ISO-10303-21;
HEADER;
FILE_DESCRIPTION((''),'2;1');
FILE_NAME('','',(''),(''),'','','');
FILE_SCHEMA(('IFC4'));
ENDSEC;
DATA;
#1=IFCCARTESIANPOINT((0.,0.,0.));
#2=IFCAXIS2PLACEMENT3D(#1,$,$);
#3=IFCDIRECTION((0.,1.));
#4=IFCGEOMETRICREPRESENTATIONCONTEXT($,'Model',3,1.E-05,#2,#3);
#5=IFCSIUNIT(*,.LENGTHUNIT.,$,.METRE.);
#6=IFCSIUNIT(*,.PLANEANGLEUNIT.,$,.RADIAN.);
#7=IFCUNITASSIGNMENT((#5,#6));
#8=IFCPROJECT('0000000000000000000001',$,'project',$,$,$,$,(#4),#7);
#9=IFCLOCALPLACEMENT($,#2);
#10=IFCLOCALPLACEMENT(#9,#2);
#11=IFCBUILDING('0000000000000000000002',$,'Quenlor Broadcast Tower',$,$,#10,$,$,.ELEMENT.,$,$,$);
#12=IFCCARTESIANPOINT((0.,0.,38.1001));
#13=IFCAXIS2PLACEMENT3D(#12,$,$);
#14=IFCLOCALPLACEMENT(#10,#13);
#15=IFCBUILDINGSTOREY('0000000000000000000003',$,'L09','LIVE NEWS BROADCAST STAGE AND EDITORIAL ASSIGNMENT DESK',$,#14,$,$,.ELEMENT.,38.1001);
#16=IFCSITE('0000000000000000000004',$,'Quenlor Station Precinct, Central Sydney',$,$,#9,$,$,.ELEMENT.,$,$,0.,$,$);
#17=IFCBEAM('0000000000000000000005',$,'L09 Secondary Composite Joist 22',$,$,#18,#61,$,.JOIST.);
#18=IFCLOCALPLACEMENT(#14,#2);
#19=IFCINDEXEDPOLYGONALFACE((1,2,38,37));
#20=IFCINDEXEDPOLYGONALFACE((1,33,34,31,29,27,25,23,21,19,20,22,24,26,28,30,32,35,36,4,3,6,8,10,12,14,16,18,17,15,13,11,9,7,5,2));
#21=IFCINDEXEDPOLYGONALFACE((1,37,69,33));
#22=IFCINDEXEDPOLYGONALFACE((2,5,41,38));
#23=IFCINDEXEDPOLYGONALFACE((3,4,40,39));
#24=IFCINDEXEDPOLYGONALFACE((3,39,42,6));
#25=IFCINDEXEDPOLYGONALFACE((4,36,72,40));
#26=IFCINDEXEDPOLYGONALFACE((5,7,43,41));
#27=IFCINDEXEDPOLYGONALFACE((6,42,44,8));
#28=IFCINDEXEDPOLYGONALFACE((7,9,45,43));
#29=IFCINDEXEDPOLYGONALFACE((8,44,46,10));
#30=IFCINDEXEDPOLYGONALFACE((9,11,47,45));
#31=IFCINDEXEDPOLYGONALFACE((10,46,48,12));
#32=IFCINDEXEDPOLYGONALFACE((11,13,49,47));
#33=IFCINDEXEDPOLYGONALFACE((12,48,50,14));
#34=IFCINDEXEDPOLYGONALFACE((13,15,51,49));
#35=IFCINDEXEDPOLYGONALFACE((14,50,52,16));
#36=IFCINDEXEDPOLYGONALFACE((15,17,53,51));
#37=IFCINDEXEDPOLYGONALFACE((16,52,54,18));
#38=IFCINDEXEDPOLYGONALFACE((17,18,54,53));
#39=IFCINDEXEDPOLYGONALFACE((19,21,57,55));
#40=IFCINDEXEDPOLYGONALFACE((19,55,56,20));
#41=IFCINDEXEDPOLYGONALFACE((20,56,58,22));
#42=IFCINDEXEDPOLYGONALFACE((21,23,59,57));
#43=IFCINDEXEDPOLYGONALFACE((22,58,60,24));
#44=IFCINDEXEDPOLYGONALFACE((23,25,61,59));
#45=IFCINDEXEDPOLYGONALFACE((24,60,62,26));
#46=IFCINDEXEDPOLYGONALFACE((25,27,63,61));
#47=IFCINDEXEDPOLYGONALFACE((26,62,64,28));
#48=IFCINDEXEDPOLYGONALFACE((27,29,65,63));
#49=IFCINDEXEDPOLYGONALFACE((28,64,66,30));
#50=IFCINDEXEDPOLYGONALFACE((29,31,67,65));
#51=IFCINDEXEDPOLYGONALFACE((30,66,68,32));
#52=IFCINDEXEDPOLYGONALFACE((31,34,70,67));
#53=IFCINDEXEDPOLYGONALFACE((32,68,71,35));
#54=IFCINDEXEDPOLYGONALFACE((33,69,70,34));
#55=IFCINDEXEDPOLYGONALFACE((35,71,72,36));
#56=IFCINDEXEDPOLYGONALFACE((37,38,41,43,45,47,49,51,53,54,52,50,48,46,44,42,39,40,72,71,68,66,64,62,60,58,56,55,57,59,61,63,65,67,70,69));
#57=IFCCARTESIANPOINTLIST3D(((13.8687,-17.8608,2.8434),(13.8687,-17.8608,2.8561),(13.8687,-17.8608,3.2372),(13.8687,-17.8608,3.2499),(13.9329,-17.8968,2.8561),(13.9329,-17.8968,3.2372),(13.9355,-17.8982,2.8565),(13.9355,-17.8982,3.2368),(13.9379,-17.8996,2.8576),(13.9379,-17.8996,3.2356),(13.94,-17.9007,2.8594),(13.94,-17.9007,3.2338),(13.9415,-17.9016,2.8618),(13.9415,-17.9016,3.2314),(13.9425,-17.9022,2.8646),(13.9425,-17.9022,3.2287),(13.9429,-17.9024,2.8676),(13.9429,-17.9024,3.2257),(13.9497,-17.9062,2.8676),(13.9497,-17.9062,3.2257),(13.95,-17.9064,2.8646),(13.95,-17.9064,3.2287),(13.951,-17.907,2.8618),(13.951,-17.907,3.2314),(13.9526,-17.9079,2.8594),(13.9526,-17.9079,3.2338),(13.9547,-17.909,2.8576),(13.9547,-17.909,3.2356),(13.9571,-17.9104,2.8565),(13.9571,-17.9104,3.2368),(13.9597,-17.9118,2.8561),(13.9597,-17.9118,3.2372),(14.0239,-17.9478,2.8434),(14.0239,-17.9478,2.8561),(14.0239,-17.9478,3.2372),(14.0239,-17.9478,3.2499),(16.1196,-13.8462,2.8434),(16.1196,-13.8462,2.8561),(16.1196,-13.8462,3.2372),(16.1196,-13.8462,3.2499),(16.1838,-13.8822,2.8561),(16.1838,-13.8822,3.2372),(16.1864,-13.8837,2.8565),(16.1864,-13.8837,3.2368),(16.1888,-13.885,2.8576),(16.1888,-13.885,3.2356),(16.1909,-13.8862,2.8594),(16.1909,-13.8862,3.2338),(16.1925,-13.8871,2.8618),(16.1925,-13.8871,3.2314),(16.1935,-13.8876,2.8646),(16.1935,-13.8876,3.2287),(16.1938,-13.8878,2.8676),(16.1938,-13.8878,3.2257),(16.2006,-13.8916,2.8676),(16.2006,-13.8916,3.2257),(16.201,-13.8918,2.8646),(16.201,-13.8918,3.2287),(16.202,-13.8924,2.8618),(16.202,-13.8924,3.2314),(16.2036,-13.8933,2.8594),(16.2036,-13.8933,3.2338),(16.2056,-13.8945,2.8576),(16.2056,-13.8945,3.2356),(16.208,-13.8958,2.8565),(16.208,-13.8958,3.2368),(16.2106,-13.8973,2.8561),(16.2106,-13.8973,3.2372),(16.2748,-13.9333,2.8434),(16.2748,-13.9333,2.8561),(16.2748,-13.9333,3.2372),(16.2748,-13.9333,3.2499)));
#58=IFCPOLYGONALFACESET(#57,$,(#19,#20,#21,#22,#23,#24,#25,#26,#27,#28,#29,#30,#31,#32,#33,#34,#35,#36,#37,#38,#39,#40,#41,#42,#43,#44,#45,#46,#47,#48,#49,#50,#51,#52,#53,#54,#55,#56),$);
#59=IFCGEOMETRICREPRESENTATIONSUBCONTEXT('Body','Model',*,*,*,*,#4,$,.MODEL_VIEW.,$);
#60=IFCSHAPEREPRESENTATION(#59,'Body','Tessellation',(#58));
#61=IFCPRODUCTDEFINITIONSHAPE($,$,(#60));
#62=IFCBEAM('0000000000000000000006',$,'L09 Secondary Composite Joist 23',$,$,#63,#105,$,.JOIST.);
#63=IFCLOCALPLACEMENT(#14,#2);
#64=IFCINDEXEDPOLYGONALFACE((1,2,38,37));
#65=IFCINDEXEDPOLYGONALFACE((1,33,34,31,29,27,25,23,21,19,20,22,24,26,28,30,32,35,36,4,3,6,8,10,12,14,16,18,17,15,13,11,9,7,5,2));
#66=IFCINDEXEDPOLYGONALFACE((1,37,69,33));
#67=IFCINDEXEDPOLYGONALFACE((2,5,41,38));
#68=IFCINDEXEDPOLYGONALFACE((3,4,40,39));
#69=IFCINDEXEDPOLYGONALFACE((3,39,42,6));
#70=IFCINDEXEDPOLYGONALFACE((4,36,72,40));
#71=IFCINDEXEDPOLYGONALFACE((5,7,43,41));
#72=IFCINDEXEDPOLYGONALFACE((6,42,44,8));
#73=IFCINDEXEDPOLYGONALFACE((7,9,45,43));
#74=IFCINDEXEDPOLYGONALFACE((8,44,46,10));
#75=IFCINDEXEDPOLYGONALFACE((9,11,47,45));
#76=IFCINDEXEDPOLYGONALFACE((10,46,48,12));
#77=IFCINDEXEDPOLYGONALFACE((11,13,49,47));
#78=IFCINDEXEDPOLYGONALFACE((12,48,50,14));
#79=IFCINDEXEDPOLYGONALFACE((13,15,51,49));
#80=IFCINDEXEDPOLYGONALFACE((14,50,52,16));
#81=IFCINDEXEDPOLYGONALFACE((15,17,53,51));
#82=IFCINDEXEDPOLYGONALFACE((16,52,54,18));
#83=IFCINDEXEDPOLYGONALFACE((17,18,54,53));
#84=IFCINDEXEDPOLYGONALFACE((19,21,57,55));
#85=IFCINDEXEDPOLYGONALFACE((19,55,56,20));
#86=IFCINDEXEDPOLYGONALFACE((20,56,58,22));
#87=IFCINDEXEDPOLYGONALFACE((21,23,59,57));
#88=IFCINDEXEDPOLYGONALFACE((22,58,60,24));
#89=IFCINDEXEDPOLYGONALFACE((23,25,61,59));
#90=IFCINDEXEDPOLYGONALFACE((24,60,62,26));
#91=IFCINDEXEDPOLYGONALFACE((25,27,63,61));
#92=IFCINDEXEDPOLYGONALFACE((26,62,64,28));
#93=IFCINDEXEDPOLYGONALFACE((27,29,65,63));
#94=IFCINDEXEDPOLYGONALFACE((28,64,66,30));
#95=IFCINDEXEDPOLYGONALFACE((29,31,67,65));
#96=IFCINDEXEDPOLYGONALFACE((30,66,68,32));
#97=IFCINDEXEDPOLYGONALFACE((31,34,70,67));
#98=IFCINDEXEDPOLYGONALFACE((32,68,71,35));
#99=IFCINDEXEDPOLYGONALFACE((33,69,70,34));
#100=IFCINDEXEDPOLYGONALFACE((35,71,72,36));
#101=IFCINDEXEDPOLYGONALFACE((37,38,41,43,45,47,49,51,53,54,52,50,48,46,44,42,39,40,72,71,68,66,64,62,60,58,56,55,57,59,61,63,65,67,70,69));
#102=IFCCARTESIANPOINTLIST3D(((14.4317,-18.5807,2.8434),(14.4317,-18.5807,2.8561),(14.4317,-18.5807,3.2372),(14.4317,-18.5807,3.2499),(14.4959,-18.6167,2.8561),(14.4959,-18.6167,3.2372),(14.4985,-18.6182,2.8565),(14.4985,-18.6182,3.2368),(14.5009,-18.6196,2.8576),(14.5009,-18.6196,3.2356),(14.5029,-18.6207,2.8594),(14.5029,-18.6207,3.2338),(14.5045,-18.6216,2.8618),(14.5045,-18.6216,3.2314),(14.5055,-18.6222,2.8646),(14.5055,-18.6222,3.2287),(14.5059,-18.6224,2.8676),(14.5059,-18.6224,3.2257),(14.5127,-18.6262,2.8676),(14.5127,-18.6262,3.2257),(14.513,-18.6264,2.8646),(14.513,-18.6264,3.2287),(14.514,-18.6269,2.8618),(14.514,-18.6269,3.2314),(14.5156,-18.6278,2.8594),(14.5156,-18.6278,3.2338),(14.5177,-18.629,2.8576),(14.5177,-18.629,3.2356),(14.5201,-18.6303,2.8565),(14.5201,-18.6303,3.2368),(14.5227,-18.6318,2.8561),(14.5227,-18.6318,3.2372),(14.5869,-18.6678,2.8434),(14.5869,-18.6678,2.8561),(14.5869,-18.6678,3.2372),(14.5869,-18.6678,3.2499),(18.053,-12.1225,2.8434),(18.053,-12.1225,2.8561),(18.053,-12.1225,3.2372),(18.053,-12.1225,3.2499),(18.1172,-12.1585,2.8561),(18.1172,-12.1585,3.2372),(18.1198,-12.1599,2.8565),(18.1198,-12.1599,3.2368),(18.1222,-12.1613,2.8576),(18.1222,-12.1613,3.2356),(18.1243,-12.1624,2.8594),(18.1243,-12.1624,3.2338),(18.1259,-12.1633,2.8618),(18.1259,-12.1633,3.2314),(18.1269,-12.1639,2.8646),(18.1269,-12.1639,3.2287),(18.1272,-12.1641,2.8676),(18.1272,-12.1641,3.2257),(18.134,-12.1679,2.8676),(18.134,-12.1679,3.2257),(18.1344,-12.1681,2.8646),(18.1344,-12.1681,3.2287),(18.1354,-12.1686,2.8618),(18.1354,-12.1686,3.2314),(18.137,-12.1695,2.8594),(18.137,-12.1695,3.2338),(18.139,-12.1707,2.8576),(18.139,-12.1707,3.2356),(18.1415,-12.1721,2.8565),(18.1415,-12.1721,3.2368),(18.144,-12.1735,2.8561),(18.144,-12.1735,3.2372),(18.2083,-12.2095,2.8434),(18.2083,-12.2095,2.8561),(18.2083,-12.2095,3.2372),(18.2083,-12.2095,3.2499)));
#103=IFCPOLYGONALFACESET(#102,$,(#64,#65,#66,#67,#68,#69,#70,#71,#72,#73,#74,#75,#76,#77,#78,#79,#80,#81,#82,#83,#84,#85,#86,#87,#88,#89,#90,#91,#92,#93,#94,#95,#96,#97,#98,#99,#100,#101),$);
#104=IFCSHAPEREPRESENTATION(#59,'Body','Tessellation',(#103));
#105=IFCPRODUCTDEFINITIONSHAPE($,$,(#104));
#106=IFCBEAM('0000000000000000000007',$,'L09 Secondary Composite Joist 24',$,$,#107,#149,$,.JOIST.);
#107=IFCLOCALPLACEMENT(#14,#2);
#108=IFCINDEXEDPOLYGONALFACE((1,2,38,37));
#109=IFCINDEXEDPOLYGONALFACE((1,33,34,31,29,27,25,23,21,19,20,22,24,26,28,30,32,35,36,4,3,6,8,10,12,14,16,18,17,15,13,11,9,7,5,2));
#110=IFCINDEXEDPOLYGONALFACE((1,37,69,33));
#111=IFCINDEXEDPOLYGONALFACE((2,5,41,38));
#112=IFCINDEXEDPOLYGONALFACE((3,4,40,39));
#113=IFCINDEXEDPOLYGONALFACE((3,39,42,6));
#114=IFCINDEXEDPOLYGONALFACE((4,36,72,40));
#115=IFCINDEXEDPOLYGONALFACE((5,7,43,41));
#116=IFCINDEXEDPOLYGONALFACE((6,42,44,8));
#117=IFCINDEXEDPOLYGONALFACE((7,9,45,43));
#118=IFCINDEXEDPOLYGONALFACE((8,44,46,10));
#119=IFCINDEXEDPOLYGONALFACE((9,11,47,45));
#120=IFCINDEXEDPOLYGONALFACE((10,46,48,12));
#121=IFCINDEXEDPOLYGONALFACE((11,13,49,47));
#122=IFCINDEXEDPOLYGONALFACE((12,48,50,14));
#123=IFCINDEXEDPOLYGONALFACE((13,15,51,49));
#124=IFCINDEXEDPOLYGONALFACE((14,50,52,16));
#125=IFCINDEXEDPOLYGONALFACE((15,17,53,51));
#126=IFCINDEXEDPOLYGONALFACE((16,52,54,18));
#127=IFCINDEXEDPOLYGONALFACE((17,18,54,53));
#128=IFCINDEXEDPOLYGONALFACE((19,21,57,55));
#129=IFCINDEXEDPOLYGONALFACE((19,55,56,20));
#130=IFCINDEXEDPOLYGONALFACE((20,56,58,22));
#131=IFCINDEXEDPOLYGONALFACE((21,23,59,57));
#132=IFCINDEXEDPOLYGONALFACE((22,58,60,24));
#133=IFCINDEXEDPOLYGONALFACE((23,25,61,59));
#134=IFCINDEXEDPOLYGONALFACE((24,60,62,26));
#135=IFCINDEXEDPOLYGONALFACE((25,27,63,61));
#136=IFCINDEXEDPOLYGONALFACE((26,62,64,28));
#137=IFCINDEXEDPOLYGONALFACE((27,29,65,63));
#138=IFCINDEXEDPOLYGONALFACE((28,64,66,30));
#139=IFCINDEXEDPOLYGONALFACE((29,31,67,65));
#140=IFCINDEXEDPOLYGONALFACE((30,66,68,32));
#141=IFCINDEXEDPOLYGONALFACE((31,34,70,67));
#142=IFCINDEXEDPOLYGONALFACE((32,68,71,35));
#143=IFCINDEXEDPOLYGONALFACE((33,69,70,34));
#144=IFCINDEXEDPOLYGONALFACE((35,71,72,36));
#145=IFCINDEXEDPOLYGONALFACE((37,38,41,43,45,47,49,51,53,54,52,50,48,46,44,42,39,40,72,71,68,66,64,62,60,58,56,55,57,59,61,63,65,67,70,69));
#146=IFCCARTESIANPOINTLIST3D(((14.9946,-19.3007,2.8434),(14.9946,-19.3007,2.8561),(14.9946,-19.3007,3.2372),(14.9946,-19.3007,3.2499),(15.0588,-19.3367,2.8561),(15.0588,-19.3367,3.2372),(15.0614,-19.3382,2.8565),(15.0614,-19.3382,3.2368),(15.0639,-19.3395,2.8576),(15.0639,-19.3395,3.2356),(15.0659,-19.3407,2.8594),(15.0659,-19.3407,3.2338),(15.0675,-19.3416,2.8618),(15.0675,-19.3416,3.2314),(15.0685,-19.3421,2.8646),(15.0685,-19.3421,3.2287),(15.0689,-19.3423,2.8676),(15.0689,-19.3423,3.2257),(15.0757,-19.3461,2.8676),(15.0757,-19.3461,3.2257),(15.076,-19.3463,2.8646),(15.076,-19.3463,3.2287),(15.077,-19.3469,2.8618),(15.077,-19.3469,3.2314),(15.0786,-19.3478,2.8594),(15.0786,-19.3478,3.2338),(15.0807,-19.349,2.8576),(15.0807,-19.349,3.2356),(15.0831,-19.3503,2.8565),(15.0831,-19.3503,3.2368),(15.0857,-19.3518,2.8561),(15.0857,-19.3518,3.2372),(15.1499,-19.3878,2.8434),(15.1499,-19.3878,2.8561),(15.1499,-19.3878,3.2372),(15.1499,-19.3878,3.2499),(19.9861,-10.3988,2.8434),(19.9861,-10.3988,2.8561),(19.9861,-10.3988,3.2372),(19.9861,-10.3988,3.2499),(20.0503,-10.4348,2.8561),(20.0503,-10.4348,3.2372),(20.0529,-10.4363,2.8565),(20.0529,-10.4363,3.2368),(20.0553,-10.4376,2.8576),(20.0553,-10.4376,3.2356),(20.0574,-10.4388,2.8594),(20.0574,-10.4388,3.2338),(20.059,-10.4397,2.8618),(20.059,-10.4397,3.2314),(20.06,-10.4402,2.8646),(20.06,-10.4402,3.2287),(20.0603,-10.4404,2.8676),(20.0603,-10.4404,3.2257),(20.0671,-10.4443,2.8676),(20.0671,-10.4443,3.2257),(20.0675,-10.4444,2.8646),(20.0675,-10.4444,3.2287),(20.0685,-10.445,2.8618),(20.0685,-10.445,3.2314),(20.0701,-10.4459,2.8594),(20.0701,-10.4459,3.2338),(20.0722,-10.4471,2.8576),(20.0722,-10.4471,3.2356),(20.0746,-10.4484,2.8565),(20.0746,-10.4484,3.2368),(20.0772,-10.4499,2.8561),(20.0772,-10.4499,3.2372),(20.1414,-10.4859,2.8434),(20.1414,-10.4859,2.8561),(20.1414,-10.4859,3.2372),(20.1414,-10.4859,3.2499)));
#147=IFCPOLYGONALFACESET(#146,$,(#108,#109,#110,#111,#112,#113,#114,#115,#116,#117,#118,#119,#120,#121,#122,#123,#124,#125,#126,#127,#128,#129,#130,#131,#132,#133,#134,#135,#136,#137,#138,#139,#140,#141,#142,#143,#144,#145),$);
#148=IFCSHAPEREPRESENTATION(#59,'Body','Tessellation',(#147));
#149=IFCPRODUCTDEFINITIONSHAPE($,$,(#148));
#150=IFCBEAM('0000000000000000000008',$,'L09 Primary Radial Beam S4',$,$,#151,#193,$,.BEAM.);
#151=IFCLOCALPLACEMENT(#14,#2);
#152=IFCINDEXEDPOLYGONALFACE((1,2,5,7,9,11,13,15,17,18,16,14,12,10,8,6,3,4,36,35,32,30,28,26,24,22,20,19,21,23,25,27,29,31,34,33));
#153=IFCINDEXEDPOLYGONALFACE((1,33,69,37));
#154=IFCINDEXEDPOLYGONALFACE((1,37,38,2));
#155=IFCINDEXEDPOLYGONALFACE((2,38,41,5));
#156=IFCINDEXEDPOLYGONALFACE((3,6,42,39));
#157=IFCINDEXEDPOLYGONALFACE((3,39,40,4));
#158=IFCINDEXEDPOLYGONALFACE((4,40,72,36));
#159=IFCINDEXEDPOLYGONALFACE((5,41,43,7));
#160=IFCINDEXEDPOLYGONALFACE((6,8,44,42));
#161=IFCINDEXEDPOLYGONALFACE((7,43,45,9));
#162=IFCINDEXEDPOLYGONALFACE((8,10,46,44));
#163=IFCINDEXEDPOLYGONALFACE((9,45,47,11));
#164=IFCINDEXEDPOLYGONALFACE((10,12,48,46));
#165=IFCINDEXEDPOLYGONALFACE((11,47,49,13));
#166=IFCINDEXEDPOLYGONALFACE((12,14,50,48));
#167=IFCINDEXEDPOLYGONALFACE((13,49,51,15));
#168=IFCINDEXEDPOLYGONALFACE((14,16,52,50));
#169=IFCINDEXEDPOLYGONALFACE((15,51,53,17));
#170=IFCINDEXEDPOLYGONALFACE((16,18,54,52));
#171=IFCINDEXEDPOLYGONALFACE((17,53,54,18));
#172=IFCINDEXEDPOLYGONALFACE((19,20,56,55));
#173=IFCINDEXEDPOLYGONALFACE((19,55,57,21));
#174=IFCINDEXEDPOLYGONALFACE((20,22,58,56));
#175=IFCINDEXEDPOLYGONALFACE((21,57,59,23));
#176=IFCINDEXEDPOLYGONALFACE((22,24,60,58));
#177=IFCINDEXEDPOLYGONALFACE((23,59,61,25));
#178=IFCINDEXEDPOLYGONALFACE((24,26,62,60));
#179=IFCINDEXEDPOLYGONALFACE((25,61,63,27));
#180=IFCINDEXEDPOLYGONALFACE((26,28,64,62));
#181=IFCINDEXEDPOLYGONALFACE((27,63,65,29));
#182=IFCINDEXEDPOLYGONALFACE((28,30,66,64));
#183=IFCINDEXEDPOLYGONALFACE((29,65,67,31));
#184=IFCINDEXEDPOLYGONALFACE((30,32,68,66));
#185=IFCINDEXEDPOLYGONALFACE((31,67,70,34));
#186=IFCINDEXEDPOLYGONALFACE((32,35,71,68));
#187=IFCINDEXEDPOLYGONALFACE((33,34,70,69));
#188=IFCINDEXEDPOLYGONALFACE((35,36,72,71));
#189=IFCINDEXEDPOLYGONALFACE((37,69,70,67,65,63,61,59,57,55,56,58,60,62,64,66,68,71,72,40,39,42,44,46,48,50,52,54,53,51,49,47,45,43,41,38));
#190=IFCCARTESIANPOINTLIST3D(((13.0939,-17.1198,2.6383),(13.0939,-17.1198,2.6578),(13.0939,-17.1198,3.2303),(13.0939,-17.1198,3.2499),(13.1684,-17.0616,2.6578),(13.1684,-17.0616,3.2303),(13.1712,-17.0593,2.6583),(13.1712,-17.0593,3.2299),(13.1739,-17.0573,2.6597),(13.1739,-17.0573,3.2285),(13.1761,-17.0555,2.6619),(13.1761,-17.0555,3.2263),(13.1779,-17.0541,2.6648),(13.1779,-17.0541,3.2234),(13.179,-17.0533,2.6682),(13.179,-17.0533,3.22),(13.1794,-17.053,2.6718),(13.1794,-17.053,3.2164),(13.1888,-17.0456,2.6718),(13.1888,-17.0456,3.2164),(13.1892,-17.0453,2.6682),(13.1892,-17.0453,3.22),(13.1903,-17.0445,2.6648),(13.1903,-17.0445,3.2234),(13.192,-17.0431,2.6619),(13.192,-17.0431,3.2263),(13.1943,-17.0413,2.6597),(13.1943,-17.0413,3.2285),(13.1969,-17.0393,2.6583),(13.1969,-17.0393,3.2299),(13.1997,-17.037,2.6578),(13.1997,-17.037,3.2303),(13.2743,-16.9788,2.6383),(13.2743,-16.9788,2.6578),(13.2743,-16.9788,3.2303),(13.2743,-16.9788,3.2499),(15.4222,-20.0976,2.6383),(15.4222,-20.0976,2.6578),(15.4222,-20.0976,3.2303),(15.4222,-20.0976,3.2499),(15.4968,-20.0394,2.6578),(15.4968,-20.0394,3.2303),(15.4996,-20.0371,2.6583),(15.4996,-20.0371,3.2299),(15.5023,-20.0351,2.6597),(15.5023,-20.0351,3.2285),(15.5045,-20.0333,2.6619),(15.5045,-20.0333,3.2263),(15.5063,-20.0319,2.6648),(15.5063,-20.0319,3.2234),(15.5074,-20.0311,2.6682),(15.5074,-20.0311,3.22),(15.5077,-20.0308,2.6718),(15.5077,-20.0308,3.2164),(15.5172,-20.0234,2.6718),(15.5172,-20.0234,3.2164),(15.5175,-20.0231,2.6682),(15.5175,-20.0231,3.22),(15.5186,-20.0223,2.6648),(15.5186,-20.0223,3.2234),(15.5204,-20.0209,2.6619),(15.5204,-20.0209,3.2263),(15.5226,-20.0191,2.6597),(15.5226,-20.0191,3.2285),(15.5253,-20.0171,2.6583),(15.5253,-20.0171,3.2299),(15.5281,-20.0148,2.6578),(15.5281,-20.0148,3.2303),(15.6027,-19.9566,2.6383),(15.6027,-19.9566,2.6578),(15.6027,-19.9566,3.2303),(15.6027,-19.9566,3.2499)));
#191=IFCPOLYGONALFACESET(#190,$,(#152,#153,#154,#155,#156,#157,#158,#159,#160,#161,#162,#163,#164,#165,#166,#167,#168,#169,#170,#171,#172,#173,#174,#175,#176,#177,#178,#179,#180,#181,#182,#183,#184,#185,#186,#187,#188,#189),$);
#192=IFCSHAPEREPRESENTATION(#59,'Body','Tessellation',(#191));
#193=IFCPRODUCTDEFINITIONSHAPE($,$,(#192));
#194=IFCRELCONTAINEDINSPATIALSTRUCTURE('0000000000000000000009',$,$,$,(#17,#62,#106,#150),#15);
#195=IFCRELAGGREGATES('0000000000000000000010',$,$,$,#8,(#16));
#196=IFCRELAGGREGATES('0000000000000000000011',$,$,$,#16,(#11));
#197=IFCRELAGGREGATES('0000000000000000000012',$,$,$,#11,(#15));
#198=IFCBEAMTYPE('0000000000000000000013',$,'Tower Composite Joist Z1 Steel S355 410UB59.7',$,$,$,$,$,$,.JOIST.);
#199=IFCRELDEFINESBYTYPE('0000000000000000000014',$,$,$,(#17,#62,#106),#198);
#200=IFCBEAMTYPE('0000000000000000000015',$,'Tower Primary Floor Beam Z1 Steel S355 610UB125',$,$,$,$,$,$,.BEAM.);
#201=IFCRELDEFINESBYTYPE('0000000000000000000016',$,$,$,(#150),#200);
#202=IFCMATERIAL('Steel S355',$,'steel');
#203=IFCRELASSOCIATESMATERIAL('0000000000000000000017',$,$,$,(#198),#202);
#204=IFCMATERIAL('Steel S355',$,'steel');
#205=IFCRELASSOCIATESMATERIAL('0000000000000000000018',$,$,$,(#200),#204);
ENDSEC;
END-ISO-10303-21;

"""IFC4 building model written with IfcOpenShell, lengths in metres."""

from ifc_helpers import new_model, si_unit, direction, frame, origin, origin_2d, place, context, subcontext, project, spatial, i_section, extrude, material, material_profile, profile_set, type_object, element, save


model = new_model("IFC4")

# Units and contexts
model_context = context("Model", 3, precision=1e-05, world=origin(), true_north=direction((0.0, 1.0)))
body_context = subcontext(model_context, "Body", "Model", "MODEL_VIEW")
ifc_project = project(units=[si_unit("LENGTHUNIT", "METRE"), si_unit("PLANEANGLEUNIT", "RADIAN")], contexts=[model_context])

# Site, building, storey
site_placement = place(None, origin())
site = spatial("IfcSite", under=ifc_project, at=site_placement, Name="Quenlor Station Precinct, Central Sydney", CompositionType="ELEMENT", RefElevation=0.0)
building_placement = place(site_placement, origin())
building = spatial("IfcBuilding", under=site, at=building_placement, Name="Quenlor Broadcast Tower", CompositionType="ELEMENT")
storey_placement = place(building_placement, frame((0.0, 0.0, 38.1001)))
storey = spatial("IfcBuildingStorey", under=building, at=storey_placement, Name="L09", Description="LIVE NEWS BROADCAST STAGE AND EDITORIAL ASSIGNMENT DESK", CompositionType="ELEMENT", Elevation=38.1001)

# Beams
ifc_material_1 = material(Name="Steel S355", Category="steel")
ifc_material_profile_1 = material_profile(ifc_material_1, i_section(OverallWidth=0.178, OverallDepth=0.4065, WebThickness=0.0078, FlangeThickness=0.0127, FilletRadius=0.0115, at=origin_2d()))
ifc_profile_set_1 = profile_set([ifc_material_profile_1], Name="Steel S355 410UB59.7")
beam_type_1 = type_object("IfcBeamType", Name="Tower Composite Joist Z1 Steel S355 410UB59.7", PredefinedType="JOIST", material=ifc_profile_set_1)
beam_1_placement = place(storey_placement, frame((13.9463, -17.9043, 3.0466), z_axis=(0.489062, 0.872249, 0.0), x_axis=(-0.872249, 0.489062, 0.0)))
element("IfcBeam", 1, at=beam_1_placement, inside=storey, type_object=beam_type_1, Name="L09 Secondary Composite Joist 22", PredefinedType="JOIST", context=body_context, shape_type="SweptSolid", body=[
    extrude(i_section(OverallWidth=0.178, OverallDepth=0.4065, WebThickness=0.0078, FlangeThickness=0.0127, FilletRadius=0.0115, at=origin_2d()), origin(), (0.0, 0.0, 1.0), 4.6025),
])
beam_2_placement = place(storey_placement, frame((14.5093, -18.6243, 3.0466), z_axis=(0.489088, 0.872234, 0.0), x_axis=(-0.872234, 0.489088, 0.0)))
element("IfcBeam", 2, at=beam_2_placement, inside=storey, type_object=beam_type_1, Name="L09 Secondary Composite Joist 23", PredefinedType="JOIST", context=body_context, shape_type="SweptSolid", body=[
    extrude(i_section(OverallWidth=0.178, OverallDepth=0.4065, WebThickness=0.0078, FlangeThickness=0.0127, FilletRadius=0.0115, at=origin_2d()), origin(), (0.0, 0.0, 1.0), 7.4043),
])
beam_3_placement = place(storey_placement, frame((15.0723, -19.3442, 3.0466), z_axis=(0.489082, 0.872238, 0.0), x_axis=(-0.872238, 0.489082, 0.0)))
element("IfcBeam", 3, at=beam_3_placement, inside=storey, type_object=beam_type_1, Name="L09 Secondary Composite Joist 24", PredefinedType="JOIST", context=body_context, shape_type="SweptSolid", body=[
    extrude(i_section(OverallWidth=0.178, OverallDepth=0.4065, WebThickness=0.0078, FlangeThickness=0.0127, FilletRadius=0.0115, at=origin_2d()), origin(), (0.0, 0.0, 1.0), 10.2058),
])
ifc_material_2 = material(Name="Steel S355", Category="steel")
ifc_material_profile_2 = material_profile(ifc_material_2, i_section(OverallWidth=0.229, OverallDepth=0.6116, WebThickness=0.012, FlangeThickness=0.0195, FilletRadius=0.0139, at=origin_2d()))
ifc_profile_set_2 = profile_set([ifc_material_profile_2], Name="Steel S355 610UB125")
beam_type_2 = type_object("IfcBeamType", Name="Tower Primary Floor Beam Z1 Steel S355 610UB125", PredefinedType="BEAM", material=ifc_profile_set_2)
beam_4_placement = place(storey_placement, frame((15.5125, -20.0271, 2.9441), z_axis=(-0.615969, 0.787771, 0.0), x_axis=(-0.787771, -0.615969, 0.0)))
element("IfcBeam", 4, at=beam_4_placement, inside=storey, type_object=beam_type_2, Name="L09 Primary Radial Beam S4", PredefinedType="BEAM", context=body_context, shape_type="SweptSolid", body=[
    extrude(i_section(OverallWidth=0.229, OverallDepth=0.6116, WebThickness=0.012, FlangeThickness=0.0195, FilletRadius=0.0139, at=origin_2d()), origin(), (0.0, 0.0, 1.0), 3.78),
])

save(model, "model.ifc")
